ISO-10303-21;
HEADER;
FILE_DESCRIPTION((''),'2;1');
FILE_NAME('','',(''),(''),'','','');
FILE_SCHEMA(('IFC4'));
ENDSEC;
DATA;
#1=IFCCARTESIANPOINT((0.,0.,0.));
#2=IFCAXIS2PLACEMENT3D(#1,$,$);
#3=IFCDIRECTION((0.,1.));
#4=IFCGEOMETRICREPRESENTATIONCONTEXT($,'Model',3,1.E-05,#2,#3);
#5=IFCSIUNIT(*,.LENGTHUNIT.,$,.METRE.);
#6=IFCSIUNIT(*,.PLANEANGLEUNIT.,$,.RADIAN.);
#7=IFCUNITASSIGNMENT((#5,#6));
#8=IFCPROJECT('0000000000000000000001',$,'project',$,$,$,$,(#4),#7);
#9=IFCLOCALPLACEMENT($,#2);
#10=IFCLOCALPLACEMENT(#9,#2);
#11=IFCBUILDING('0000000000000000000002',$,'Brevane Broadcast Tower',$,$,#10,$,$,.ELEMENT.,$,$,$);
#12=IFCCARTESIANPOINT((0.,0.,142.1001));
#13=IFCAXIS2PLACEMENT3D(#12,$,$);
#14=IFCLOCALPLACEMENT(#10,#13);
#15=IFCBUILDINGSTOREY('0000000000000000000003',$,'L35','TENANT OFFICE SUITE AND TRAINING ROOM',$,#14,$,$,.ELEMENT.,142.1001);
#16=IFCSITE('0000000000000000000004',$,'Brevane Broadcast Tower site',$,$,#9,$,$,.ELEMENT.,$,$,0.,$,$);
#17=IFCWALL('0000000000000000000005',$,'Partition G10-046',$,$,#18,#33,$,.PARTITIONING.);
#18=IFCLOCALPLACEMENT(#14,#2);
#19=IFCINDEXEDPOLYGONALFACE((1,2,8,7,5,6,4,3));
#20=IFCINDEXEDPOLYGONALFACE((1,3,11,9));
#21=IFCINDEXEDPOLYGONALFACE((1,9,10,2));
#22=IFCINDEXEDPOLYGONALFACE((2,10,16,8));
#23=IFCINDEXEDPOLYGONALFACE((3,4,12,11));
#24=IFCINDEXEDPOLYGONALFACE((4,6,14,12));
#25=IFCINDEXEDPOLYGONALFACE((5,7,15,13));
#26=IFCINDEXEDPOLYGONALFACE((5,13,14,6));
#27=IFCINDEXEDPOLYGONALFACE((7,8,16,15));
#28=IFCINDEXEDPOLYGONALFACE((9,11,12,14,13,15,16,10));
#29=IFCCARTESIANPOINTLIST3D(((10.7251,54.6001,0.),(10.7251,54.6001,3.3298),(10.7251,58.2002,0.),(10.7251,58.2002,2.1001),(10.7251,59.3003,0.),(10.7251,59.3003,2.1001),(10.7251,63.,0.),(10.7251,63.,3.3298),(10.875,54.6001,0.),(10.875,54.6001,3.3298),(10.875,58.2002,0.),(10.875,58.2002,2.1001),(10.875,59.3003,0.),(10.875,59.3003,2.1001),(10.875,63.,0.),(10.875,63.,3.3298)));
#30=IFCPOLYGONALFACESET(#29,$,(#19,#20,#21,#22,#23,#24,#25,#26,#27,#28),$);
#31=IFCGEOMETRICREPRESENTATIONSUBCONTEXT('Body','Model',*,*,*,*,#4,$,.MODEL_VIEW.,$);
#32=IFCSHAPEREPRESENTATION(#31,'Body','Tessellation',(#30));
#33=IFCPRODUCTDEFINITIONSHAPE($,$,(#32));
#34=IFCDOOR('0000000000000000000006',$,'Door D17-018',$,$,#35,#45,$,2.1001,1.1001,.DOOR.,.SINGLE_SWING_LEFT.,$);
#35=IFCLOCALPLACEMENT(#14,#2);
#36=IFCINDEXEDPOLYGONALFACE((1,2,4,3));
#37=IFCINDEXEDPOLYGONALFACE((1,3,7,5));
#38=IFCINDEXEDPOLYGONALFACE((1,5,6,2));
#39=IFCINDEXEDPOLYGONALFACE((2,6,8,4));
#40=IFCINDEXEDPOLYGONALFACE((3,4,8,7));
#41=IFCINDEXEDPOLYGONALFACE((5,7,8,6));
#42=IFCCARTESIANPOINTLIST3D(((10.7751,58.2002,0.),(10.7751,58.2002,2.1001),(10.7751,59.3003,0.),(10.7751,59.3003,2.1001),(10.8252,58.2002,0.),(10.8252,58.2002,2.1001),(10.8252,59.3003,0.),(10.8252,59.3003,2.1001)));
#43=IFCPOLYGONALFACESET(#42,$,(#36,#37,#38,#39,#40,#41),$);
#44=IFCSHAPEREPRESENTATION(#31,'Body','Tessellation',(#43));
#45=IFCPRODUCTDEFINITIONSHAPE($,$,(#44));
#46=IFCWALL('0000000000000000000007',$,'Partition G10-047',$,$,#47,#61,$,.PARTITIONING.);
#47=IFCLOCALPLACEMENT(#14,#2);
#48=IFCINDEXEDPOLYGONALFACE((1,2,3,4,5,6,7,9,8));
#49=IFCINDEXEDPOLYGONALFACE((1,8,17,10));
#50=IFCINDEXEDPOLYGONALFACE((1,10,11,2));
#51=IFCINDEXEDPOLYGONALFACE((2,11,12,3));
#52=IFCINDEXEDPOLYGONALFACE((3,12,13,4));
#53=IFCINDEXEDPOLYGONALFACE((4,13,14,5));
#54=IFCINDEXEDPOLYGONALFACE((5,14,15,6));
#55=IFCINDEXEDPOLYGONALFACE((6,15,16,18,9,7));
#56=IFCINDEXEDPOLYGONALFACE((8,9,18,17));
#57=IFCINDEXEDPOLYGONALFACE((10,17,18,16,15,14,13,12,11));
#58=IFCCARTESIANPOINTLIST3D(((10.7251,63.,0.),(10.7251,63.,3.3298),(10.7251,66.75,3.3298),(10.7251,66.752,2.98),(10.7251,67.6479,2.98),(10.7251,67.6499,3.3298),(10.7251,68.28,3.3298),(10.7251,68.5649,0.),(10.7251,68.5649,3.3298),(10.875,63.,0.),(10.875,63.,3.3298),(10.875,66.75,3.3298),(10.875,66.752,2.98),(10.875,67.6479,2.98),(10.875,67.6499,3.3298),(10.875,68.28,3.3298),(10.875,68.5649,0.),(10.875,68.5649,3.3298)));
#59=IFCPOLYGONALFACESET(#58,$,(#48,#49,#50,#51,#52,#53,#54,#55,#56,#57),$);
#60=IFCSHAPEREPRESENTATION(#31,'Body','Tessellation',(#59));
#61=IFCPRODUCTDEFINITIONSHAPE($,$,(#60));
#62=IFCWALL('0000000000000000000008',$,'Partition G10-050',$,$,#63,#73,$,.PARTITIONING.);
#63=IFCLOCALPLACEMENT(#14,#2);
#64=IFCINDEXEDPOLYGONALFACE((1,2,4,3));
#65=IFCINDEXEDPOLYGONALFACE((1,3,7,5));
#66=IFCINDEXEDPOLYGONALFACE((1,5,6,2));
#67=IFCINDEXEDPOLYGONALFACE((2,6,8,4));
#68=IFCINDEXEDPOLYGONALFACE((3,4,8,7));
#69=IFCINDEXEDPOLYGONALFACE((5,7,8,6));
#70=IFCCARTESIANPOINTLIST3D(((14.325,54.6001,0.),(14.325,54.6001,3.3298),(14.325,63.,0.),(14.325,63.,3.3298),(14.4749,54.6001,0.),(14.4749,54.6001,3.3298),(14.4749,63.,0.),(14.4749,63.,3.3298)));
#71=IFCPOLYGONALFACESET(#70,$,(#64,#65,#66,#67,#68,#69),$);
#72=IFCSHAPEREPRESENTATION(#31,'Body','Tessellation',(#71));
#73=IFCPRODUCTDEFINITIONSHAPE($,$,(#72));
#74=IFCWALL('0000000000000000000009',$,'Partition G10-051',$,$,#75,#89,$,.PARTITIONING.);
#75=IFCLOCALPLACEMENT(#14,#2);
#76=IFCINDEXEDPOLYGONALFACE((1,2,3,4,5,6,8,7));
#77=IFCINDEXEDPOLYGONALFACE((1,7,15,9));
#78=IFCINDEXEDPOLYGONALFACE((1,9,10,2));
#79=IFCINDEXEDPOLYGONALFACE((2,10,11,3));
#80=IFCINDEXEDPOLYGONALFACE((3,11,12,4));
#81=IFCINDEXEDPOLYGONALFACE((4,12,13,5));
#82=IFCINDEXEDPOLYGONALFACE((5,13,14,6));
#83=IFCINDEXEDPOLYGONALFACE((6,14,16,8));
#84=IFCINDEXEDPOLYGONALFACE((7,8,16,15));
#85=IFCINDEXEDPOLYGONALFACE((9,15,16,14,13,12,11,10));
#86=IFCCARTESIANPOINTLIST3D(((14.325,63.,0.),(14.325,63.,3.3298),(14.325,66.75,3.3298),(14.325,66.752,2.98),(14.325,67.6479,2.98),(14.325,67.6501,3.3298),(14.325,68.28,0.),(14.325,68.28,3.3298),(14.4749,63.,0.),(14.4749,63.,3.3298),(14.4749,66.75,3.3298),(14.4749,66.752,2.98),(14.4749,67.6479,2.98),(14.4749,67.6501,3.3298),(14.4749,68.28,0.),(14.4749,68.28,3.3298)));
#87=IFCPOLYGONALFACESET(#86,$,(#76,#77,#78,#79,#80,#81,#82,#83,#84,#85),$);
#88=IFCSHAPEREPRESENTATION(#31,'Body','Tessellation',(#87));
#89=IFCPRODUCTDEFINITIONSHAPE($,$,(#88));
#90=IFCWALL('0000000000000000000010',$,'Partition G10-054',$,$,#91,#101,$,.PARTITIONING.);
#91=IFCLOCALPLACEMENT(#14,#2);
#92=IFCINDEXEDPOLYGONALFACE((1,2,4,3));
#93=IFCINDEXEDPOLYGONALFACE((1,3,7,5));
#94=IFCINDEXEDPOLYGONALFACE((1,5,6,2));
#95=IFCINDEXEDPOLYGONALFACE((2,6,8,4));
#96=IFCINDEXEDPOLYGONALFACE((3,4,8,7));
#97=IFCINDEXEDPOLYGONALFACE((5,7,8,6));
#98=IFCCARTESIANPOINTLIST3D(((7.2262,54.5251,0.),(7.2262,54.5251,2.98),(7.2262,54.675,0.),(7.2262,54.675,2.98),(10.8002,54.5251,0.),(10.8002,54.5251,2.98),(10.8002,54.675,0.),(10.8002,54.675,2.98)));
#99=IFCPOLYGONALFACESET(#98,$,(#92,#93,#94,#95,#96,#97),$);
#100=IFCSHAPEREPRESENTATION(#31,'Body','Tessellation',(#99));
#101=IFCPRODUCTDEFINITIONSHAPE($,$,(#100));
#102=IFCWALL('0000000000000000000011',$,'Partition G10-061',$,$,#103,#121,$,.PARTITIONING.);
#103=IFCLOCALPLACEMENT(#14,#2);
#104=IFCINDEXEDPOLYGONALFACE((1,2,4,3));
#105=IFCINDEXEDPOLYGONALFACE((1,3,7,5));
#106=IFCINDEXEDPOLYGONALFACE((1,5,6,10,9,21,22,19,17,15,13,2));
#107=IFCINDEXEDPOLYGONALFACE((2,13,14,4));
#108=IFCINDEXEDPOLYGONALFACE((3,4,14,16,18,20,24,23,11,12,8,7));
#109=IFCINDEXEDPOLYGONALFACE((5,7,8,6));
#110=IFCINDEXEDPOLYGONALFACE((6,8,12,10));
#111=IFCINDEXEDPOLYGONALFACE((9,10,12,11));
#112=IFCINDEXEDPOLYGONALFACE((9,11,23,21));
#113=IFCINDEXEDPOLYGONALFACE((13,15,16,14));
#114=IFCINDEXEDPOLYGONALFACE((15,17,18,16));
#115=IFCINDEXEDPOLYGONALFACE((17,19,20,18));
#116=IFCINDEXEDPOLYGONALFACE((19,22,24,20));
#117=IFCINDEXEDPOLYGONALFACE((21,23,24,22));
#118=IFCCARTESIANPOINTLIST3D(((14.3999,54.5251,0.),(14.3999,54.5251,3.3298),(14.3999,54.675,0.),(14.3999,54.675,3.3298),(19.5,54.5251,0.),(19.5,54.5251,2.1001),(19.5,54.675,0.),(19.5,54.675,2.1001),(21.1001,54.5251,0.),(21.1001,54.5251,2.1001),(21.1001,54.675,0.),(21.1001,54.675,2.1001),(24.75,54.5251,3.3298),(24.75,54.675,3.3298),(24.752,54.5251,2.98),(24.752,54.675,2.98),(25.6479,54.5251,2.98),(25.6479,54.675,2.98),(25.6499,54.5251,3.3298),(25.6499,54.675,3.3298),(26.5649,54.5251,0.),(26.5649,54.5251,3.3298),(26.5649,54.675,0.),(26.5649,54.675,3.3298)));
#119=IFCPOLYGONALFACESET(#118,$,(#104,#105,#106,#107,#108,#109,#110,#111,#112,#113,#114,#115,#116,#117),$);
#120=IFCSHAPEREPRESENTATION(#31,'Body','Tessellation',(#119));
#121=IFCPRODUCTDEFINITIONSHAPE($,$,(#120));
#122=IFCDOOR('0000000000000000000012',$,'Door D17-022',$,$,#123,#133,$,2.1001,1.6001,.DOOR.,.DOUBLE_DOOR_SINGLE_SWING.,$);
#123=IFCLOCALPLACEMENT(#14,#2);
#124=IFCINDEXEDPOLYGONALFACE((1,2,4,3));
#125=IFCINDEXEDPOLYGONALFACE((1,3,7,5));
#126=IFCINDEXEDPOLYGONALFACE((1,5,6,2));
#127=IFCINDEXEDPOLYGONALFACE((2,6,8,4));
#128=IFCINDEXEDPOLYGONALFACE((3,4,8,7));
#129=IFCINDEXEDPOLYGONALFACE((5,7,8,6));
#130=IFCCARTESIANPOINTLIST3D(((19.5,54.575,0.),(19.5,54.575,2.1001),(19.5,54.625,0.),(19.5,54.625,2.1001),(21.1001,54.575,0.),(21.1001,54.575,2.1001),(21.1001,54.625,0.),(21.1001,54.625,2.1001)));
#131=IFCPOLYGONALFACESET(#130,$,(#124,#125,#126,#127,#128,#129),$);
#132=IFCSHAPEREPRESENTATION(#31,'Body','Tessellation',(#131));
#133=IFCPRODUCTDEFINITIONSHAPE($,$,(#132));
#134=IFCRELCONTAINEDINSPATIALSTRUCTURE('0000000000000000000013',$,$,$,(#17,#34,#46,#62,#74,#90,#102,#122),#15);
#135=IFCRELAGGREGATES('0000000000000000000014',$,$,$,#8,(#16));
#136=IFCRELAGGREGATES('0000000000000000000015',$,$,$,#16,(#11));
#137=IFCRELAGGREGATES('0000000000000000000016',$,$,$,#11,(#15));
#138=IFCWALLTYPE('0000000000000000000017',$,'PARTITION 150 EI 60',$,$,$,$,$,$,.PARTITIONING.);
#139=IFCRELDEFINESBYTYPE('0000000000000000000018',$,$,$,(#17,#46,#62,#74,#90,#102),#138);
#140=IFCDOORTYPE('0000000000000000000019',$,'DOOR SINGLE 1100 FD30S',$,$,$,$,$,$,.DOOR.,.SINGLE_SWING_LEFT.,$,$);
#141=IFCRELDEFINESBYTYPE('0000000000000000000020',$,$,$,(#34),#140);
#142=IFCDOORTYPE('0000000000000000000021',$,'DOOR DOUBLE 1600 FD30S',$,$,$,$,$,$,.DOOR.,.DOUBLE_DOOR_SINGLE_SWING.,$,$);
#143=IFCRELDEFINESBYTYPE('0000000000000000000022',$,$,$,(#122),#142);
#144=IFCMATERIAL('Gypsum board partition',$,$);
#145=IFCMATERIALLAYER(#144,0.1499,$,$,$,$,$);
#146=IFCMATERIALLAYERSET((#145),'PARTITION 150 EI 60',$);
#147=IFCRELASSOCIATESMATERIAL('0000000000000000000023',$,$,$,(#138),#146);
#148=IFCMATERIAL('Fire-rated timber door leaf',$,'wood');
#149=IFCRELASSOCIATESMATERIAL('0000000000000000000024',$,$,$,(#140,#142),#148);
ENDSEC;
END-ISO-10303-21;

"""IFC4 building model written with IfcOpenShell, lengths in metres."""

from ifc_helpers import new_model, si_unit, direction, frame, frame_2d, origin, place, context, subcontext, project, spatial, polyline, rectangle, outline, extrude, material, layer, layer_set, type_object, element, fill, save


model = new_model("IFC4")

# Units and contexts
model_context = context("Model", 3, precision=1e-05, world=origin(), true_north=direction((0.0, 1.0)))
body_context = subcontext(model_context, "Body", "Model", "MODEL_VIEW")
ifc_project = project(units=[si_unit("LENGTHUNIT", "METRE"), si_unit("PLANEANGLEUNIT", "RADIAN")], contexts=[model_context])

# Site, building, storey
site_placement = place(None, origin())
site = spatial("IfcSite", under=ifc_project, at=site_placement, Name="Brevane Broadcast Tower site", CompositionType="ELEMENT", RefElevation=0.0)
building_placement = place(site_placement, origin())
building = spatial("IfcBuilding", under=site, at=building_placement, Name="Brevane Broadcast Tower", CompositionType="ELEMENT")
storey_placement = place(building_placement, frame((0.0, 0.0, 142.1001)))
storey = spatial("IfcBuildingStorey", under=building, at=storey_placement, Name="L35", Description="TENANT OFFICE SUITE AND TRAINING ROOM", CompositionType="ELEMENT", Elevation=142.1001)

# Shared definitions
ifc_material_1 = material(Name="Gypsum board partition")

# Wall, opening, door
ifc_layer_1 = layer(ifc_material_1, 0.1499)
ifc_layer_set_1 = layer_set([ifc_layer_1], Name="PARTITION 150 EI 60")
wall_type_1 = type_object("IfcWallType", Name="PARTITION 150 EI 60", PredefinedType="PARTITIONING", material=ifc_layer_set_1)
wall_1_placement = place(storey_placement, frame((10.8, 54.6001, 0.0), z_axis=(0.0, 0.0, 1.0), x_axis=(0.0, 1.0, 0.0)))
wall_1 = element("IfcWall", 1, at=wall_1_placement, inside=storey, type_object=wall_type_1, Name="Partition G10-046", PredefinedType="PARTITIONING", context=body_context, shape_type="SweptSolid", body=[
    extrude(rectangle(XDim=8.3999, YDim=0.1499, at=frame_2d((4.2, 0.0))), origin(), (0.0, 0.0, 1.0), 3.3298),
])
opening_1_placement = place(wall_1_placement, frame((3.6001, 0.0, 0.0)))
opening_1 = element("IfcOpeningElement", 2, at=opening_1_placement, cuts=wall_1, PredefinedType="OPENING", context=body_context, shape_type="SweptSolid", body=[
    extrude(rectangle(XDim=1.1001, YDim=2.1001, at=frame_2d((0.55, 1.05))), frame((0.0, 0.085, 0.0), z_axis=(0.0, -1.0, 0.0), x_axis=(1.0, 0.0, 0.0)), (0.0, 0.0, 1.0), 0.1699),
])
ifc_material_2 = material(Name="Fire-rated timber door leaf", Category="wood")
door_type_1 = type_object("IfcDoorType", Name="DOOR SINGLE 1100 FD30S", OperationType="SINGLE_SWING_LEFT", PredefinedType="DOOR", material=ifc_material_2)
door_1_placement = place(opening_1_placement, origin())
door_1 = element("IfcDoor", 3, at=door_1_placement, inside=storey, type_object=door_type_1, Name="Door D17-018", OperationType="SINGLE_SWING_LEFT", OverallHeight=2.1001, OverallWidth=1.1001, PredefinedType="DOOR", context=body_context, shape_type="SweptSolid", body=[
    extrude(rectangle(XDim=1.1001, YDim=2.1001, at=frame_2d((0.55, 1.05))), frame((0.0, 0.0249, 0.0), z_axis=(0.0, -1.0, 0.0), x_axis=(1.0, 0.0, 0.0)), (0.0, 0.0, 1.0), 0.05),
])
fill(opening_1, door_1)

# Walls
wall_2_placement = place(storey_placement, frame((10.8, 63.0, 0.0), z_axis=(0.0, 0.0, 1.0), x_axis=(0.0, 1.0, 0.0)))
element("IfcWall", 4, at=wall_2_placement, inside=storey, type_object=wall_type_1, Name="Partition G10-047", PredefinedType="PARTITIONING", context=body_context, shape_type="SweptSolid", body=[
    extrude(outline(polyline([(0.0, 0.0), (5.5649, 0.0), (5.5649, 3.3298), (5.28, 3.3298), (4.6499, 3.3298), (4.6479, 2.98), (3.752, 2.98), (3.75, 3.3298), (0.0, 3.3298), (0.0, 0.0)])), frame((0.0, 0.075, 0.0), z_axis=(0.0, -1.0, 0.0), x_axis=(1.0, 0.0, 0.0)), (0.0, 0.0, 1.0), 0.1499),
])
wall_3_placement = place(storey_placement, frame((14.3999, 63.0, 0.0), z_axis=(0.0, 0.0, 1.0), x_axis=(0.0, -1.0, 0.0)))
element("IfcWall", 5, at=wall_3_placement, inside=storey, type_object=wall_type_1, Name="Partition G10-050", PredefinedType="PARTITIONING", context=body_context, shape_type="SweptSolid", body=[
    extrude(rectangle(XDim=8.3999, YDim=0.1499, at=frame_2d((4.2, 0.0))), origin(), (0.0, 0.0, 1.0), 3.3298),
])
wall_4_placement = place(storey_placement, frame((14.3999, 68.28, 0.0), z_axis=(0.0, 0.0, 1.0), x_axis=(0.0, -1.0, 0.0)))
element("IfcWall", 6, at=wall_4_placement, inside=storey, type_object=wall_type_1, Name="Partition G10-051", PredefinedType="PARTITIONING", context=body_context, shape_type="SweptSolid", body=[
    extrude(outline(polyline([(0.0, 0.0), (5.28, 0.0), (5.28, 3.3298), (1.53, 3.3298), (1.5281, 2.98), (0.6321, 2.98), (0.6299, 3.3298), (0.0, 3.3298), (0.0, 0.0)])), frame((0.0, 0.075, 0.0), z_axis=(0.0, -1.0, 0.0), x_axis=(1.0, 0.0, 0.0)), (0.0, 0.0, 1.0), 0.1499),
])
wall_5_placement = place(storey_placement, frame((7.2261, 54.6001, 0.0), z_axis=(0.0, 0.0, 1.0), x_axis=(1.0, 0.0, 0.0)))
element("IfcWall", 7, at=wall_5_placement, inside=storey, type_object=wall_type_1, Name="Partition G10-054", PredefinedType="PARTITIONING", context=body_context, shape_type="SweptSolid", body=[
    extrude(rectangle(XDim=3.574, YDim=0.1499, at=frame_2d((1.7871, 0.0))), origin(), (0.0, 0.0, 1.0), 2.98),
])

# Wall, opening, door
wall_6_placement = place(storey_placement, frame((14.3999, 54.6001, 0.0), z_axis=(0.0, 0.0, 1.0), x_axis=(1.0, 0.0, 0.0)))
wall_6 = element("IfcWall", 8, at=wall_6_placement, inside=storey, type_object=wall_type_1, Name="Partition G10-061", PredefinedType="PARTITIONING", context=body_context, shape_type="SweptSolid", body=[
    extrude(outline(polyline([(0.0, 0.0), (12.165, 0.0), (12.165, 3.3298), (11.8999, 3.3298), (11.25, 3.3298), (11.248, 2.98), (10.3521, 2.98), (10.3501, 3.3298), (0.0, 3.3298), (0.0, 0.0)])), frame((0.0, 0.075, 0.0), z_axis=(0.0, -1.0, 0.0), x_axis=(1.0, 0.0, 0.0)), (0.0, 0.0, 1.0), 0.1499),
])
opening_2_placement = place(wall_6_placement, frame((5.1001, 0.0, 0.0)))
opening_2 = element("IfcOpeningElement", 9, at=opening_2_placement, cuts=wall_6, PredefinedType="OPENING", context=body_context, shape_type="SweptSolid", body=[
    extrude(rectangle(XDim=1.6001, YDim=2.1001, at=frame_2d((0.8, 1.05))), frame((0.0, 0.085, 0.0), z_axis=(0.0, -1.0, 0.0), x_axis=(1.0, 0.0, 0.0)), (0.0, 0.0, 1.0), 0.1699),
])
door_type_2 = type_object("IfcDoorType", Name="DOOR DOUBLE 1600 FD30S", OperationType="DOUBLE_DOOR_SINGLE_SWING", PredefinedType="DOOR", material=ifc_material_2)
door_2_placement = place(opening_2_placement, origin())
door_2 = element("IfcDoor", 10, at=door_2_placement, inside=storey, type_object=door_type_2, Name="Door D17-022", OperationType="DOUBLE_DOOR_SINGLE_SWING", OverallHeight=2.1001, OverallWidth=1.6001, PredefinedType="DOOR", context=body_context, shape_type="SweptSolid", body=[
    extrude(rectangle(XDim=1.6001, YDim=2.1001, at=frame_2d((0.8, 1.05))), frame((0.0, 0.0249, 0.0), z_axis=(0.0, -1.0, 0.0), x_axis=(1.0, 0.0, 0.0)), (0.0, 0.0, 1.0), 0.05),
])
fill(opening_2, door_2)

save(model, "model.ifc")
